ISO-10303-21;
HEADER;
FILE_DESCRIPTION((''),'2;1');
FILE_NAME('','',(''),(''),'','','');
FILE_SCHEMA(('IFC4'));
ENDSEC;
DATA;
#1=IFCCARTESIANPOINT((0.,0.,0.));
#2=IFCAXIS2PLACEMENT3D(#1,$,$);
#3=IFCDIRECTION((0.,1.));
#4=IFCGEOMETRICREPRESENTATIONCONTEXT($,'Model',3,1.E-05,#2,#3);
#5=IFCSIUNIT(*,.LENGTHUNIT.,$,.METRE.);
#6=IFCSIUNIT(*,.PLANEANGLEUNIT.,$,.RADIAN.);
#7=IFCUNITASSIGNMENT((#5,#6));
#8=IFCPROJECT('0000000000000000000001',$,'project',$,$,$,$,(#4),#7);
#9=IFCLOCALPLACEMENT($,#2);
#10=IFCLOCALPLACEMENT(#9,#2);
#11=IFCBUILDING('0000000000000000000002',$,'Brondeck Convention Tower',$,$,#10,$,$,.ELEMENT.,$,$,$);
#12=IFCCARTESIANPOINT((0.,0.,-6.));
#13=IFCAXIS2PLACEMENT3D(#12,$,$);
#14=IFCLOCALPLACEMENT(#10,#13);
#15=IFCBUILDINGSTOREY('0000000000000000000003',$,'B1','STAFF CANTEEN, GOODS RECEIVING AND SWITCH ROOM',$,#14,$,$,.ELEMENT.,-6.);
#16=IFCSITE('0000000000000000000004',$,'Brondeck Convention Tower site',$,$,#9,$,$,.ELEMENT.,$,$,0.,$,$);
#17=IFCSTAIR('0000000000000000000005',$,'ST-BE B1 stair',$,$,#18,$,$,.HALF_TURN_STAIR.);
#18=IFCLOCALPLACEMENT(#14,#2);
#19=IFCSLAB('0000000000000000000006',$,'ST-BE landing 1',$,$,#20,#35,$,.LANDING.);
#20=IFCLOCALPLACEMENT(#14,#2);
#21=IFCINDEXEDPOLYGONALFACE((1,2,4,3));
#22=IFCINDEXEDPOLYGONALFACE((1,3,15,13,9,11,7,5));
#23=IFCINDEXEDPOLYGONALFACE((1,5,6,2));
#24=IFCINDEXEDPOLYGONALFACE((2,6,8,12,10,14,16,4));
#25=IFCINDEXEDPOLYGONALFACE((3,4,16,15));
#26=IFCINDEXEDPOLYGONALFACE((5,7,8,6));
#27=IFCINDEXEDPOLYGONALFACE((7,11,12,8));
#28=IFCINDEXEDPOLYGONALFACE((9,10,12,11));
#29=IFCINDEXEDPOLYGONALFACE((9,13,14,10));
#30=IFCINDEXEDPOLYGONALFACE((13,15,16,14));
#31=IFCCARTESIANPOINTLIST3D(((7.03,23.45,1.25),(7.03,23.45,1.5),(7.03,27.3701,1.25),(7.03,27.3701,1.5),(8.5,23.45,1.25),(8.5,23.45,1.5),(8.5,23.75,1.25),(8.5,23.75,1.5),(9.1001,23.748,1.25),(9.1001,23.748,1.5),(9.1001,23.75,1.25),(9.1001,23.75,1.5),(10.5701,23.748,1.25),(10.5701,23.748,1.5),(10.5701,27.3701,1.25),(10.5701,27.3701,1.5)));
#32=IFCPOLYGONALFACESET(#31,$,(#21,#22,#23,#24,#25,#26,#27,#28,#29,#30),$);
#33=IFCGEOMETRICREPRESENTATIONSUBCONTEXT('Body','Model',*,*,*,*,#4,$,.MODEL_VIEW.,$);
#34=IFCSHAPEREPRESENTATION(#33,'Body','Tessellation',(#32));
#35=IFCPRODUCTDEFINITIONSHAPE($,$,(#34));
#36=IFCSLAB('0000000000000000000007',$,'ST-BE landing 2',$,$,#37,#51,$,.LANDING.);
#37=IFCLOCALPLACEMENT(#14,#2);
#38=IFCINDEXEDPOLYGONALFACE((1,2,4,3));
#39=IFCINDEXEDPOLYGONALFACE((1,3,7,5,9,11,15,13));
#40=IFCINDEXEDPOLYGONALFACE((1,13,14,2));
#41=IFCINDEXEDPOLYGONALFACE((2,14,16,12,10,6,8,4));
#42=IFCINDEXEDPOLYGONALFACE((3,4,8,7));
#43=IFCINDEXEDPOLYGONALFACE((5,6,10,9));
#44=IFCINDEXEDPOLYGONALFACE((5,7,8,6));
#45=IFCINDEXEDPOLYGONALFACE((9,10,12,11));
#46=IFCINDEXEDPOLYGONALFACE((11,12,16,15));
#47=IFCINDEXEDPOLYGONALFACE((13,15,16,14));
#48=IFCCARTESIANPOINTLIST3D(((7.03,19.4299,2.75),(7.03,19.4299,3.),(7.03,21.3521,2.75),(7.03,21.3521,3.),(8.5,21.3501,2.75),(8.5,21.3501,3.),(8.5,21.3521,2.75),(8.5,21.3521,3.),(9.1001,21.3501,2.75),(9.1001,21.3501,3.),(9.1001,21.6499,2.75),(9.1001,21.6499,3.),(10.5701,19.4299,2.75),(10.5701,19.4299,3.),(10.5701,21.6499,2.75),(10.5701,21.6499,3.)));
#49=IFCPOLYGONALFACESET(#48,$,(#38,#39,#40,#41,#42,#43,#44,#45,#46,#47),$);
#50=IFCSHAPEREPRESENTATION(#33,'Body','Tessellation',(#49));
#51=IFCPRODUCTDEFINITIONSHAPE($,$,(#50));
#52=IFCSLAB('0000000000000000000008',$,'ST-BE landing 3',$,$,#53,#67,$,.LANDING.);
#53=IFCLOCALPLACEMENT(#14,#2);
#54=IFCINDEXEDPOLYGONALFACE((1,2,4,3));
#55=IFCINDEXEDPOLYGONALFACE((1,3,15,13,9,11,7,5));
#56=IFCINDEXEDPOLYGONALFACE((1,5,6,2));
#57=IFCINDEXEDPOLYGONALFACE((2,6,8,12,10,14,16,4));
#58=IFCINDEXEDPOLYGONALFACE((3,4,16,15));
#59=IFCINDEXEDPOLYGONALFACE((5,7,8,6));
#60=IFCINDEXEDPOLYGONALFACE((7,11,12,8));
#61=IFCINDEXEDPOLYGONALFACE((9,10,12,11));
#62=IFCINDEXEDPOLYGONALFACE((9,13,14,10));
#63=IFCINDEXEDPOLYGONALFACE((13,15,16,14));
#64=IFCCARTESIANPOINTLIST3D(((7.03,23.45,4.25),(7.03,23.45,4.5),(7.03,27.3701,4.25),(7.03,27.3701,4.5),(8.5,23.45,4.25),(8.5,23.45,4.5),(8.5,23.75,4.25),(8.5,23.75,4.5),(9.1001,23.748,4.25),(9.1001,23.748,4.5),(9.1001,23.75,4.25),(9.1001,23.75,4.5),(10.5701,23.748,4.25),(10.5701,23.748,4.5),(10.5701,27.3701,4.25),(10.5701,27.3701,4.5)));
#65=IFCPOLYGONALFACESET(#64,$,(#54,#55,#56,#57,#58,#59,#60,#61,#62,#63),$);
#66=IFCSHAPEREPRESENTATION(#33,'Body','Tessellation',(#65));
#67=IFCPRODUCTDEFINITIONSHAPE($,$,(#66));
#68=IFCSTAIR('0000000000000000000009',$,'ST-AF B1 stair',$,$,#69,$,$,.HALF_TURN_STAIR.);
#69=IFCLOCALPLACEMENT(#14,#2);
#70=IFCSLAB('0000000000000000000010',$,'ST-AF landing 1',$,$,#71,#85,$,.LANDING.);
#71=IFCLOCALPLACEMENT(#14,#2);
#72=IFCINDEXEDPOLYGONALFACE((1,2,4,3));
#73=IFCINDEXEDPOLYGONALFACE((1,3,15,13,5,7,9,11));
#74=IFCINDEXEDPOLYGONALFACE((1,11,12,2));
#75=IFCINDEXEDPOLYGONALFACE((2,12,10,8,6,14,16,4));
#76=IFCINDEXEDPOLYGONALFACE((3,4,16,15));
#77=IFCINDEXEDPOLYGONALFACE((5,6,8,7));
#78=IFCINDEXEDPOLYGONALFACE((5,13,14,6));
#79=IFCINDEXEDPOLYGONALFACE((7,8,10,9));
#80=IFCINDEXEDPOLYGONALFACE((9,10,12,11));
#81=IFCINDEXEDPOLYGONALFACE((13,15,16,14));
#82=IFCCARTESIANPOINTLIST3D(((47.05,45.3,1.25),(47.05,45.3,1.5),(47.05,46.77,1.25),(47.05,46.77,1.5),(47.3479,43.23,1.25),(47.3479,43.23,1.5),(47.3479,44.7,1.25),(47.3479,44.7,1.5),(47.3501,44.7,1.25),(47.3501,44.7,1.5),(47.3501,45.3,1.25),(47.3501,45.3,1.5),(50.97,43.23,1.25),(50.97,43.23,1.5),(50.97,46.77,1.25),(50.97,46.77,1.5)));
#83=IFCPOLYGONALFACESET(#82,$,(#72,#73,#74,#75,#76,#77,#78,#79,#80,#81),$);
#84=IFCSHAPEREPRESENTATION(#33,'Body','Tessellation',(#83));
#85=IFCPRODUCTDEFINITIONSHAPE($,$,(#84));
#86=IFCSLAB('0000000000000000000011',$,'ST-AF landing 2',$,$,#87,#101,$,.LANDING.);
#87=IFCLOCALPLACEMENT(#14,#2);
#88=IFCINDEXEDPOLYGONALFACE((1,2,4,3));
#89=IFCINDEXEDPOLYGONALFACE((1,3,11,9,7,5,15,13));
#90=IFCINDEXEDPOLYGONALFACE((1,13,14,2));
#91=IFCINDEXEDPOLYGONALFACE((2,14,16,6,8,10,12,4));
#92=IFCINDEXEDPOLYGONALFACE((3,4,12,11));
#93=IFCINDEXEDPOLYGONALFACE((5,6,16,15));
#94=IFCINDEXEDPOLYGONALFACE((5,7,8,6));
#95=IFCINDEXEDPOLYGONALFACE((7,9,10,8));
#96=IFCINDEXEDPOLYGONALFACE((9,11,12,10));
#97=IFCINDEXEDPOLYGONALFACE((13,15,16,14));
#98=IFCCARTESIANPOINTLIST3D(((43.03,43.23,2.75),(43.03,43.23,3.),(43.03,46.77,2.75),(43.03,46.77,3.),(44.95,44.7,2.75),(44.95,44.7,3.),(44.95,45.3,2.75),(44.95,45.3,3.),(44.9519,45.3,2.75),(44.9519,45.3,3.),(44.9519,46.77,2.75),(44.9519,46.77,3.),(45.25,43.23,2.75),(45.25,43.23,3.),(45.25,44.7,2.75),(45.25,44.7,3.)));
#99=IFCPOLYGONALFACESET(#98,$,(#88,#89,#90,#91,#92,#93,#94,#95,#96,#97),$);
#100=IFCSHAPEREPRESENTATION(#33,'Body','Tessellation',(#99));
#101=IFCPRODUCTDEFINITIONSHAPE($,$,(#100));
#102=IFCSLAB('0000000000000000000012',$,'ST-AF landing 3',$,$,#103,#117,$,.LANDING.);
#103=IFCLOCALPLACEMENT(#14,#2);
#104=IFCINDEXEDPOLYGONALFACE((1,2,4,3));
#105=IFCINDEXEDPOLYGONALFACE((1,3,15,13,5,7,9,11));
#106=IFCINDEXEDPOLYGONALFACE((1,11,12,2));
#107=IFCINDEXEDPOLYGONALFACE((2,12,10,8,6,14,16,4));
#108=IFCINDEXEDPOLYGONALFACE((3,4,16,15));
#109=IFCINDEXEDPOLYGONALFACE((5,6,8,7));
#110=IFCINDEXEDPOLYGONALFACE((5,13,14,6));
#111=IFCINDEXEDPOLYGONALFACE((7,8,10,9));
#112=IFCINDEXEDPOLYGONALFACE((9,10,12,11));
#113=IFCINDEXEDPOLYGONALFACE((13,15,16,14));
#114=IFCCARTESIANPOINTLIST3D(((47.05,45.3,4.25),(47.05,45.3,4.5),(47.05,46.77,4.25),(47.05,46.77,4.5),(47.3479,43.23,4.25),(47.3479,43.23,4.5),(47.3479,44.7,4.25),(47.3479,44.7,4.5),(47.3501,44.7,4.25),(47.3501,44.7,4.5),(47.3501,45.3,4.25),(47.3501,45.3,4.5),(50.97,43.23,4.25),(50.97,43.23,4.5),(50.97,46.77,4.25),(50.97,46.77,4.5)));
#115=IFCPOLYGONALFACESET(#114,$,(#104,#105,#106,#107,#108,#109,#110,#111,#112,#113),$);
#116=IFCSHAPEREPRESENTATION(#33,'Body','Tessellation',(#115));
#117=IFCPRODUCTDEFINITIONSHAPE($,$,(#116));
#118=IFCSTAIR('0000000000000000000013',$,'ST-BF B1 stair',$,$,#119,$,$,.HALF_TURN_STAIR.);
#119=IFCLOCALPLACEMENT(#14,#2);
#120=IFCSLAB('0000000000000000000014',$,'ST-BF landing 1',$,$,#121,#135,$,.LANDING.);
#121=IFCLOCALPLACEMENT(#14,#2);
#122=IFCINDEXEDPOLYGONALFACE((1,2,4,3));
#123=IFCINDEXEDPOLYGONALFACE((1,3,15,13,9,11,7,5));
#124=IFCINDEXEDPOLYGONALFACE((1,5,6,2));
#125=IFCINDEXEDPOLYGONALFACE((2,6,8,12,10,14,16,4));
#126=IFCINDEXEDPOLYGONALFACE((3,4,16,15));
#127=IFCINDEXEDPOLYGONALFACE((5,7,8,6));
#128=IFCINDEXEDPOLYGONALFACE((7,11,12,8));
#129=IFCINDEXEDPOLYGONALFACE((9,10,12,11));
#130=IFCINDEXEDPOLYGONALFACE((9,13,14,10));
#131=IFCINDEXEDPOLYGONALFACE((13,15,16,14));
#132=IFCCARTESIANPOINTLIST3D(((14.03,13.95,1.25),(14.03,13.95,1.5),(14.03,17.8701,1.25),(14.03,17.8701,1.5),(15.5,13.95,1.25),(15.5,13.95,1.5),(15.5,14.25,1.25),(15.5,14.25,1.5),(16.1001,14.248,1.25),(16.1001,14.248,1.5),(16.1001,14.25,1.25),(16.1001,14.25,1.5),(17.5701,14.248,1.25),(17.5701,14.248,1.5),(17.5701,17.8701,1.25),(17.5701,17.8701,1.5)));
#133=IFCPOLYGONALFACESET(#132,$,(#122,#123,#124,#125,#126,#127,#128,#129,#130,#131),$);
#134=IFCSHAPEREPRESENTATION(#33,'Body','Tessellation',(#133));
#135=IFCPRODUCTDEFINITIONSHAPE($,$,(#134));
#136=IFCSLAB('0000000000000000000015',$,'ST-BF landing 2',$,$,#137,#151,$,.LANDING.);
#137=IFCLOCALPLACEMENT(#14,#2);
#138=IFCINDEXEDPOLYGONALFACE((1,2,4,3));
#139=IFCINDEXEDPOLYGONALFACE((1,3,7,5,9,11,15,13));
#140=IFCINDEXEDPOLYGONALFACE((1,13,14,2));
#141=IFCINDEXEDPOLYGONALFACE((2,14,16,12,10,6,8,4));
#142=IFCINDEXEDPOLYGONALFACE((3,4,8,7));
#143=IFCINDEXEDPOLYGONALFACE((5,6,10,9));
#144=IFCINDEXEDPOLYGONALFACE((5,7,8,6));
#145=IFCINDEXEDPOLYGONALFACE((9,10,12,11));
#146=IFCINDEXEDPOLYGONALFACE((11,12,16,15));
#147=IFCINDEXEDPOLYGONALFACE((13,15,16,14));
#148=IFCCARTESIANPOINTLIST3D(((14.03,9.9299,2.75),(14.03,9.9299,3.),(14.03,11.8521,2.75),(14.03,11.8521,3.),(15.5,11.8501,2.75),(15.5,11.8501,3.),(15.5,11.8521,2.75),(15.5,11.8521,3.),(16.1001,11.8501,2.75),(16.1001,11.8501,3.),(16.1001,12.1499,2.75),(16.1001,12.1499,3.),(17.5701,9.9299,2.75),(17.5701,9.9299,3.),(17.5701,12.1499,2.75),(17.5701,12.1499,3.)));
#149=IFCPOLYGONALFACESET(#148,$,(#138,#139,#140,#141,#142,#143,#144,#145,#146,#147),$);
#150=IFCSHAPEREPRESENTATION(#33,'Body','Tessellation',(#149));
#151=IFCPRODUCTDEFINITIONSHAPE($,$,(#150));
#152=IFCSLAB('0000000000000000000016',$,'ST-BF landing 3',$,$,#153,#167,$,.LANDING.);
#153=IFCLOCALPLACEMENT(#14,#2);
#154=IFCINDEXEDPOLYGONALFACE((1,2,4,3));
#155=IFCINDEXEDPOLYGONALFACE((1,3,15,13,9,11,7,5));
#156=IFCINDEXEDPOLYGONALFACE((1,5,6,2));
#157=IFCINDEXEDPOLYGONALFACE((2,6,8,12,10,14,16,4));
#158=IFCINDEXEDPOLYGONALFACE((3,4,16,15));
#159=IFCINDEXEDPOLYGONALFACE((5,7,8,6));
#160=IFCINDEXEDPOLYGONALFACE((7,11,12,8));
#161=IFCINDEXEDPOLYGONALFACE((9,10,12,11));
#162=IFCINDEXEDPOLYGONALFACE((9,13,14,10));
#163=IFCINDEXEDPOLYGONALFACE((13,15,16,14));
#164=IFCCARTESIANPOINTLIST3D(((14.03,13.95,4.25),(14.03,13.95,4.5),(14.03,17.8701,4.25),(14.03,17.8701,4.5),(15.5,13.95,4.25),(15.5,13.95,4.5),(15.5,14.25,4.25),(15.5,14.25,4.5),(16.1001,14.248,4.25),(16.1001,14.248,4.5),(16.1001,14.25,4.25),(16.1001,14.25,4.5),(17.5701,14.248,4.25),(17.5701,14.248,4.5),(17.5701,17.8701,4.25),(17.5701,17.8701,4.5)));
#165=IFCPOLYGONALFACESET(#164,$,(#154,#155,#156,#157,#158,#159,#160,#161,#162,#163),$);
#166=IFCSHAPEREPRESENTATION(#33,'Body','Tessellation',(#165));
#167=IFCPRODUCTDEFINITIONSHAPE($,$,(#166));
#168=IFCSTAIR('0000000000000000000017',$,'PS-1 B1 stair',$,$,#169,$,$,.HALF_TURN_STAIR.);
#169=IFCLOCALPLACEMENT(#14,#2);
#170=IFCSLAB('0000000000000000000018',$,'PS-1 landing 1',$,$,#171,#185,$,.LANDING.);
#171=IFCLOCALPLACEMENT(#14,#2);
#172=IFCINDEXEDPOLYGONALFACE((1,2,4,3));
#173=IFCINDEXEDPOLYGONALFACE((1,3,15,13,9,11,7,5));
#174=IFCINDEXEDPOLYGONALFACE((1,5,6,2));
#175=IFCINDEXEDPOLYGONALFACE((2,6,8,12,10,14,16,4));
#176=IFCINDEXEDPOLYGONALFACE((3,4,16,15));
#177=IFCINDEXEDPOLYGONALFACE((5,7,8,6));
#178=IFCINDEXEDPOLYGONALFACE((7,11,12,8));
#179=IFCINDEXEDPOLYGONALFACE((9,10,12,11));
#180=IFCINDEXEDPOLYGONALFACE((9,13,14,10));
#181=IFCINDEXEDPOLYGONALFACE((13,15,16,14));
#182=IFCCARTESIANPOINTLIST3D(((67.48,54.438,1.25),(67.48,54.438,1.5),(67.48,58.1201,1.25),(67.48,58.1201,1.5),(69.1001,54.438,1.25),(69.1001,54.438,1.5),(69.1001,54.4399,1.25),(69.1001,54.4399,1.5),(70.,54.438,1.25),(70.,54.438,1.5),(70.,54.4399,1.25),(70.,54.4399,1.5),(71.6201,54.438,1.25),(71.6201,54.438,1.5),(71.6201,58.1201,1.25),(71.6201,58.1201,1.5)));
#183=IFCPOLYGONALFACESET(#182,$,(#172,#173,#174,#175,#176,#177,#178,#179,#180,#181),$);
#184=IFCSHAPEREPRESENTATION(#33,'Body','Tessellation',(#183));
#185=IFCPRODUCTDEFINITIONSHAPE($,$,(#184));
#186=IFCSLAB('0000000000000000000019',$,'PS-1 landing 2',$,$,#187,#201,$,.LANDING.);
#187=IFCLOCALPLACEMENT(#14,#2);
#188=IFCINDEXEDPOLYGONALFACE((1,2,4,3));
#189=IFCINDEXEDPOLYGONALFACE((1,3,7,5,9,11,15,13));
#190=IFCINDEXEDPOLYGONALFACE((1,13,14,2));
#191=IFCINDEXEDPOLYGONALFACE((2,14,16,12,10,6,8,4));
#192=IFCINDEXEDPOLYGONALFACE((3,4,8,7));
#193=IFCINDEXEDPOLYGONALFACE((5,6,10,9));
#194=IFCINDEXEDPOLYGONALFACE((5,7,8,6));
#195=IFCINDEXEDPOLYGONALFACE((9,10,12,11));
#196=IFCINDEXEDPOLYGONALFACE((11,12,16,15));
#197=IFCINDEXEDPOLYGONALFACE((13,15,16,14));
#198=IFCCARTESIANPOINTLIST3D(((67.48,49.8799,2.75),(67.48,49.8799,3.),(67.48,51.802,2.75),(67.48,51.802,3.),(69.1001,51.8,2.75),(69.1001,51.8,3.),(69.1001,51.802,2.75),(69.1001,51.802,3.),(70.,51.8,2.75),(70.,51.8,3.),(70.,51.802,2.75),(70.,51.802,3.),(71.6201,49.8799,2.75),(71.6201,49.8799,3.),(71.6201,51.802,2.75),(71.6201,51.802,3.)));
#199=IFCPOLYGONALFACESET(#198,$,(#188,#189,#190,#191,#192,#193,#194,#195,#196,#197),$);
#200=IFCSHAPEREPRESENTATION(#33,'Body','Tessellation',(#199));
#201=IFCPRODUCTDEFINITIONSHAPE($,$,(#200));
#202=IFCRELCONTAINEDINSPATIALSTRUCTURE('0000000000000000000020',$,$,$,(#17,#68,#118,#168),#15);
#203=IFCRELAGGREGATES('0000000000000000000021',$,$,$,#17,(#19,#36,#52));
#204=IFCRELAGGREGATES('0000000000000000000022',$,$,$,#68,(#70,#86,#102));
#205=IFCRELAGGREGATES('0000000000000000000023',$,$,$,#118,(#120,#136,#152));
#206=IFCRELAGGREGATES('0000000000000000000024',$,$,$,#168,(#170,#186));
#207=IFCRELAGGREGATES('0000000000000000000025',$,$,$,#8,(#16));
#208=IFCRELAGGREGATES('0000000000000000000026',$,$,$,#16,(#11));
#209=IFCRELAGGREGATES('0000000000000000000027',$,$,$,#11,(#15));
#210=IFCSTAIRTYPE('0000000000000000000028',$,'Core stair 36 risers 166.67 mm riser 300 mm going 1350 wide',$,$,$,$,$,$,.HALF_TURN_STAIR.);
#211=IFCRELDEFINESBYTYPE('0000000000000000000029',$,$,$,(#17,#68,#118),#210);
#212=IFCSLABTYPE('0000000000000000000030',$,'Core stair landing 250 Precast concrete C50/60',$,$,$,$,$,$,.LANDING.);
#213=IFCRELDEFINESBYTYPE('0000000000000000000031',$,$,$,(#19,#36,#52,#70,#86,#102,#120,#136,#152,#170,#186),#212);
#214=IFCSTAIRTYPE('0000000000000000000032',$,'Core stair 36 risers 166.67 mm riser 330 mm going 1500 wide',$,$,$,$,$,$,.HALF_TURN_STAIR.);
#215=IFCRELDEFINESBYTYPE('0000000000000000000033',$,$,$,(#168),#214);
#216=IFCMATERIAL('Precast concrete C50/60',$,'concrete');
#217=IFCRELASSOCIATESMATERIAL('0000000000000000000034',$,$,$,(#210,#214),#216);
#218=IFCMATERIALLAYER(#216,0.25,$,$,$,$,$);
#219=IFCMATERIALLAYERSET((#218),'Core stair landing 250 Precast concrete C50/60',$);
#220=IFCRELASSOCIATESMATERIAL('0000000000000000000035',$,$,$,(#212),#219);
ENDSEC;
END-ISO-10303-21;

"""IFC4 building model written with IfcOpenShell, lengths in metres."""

from ifc_helpers import new_model, si_unit, direction, frame, origin, place, context, subcontext, project, spatial, polyline, outline, extrude, material, layer, layer_set, type_object, element, aggregate, save


model = new_model("IFC4")

# Units and contexts
model_context = context("Model", 3, precision=1e-05, world=origin(), true_north=direction((0.0, 1.0)))
body_context = subcontext(model_context, "Body", "Model", "MODEL_VIEW")
ifc_project = project(units=[si_unit("LENGTHUNIT", "METRE"), si_unit("PLANEANGLEUNIT", "RADIAN")], contexts=[model_context])

# Site, building, storey
site_placement = place(None, origin())
site = spatial("IfcSite", under=ifc_project, at=site_placement, Name="Brondeck Convention Tower site", CompositionType="ELEMENT", RefElevation=0.0)
building_placement = place(site_placement, origin())
building = spatial("IfcBuilding", under=site, at=building_placement, Name="Brondeck Convention Tower", CompositionType="ELEMENT")
storey_placement = place(building_placement, frame((0.0, 0.0, -6.0)))
storey = spatial("IfcBuildingStorey", under=building, at=storey_placement, Name="B1", Description="STAFF CANTEEN, GOODS RECEIVING AND SWITCH ROOM", CompositionType="ELEMENT", Elevation=-6.0)

# Stairs, slabs
ifc_material_1 = material(Name="Precast concrete C50/60", Category="concrete")
stair_type_1 = type_object("IfcStairType", Name="Core stair 36 risers 166.67 mm riser 300 mm going 1350 wide", PredefinedType="HALF_TURN_STAIR", material=ifc_material_1)
ifc_layer_1 = layer(ifc_material_1, 0.25)
ifc_layer_set_1 = layer_set([ifc_layer_1], Name="Core stair landing 250 Precast concrete C50/60")
slab_type_1 = type_object("IfcSlabType", Name="Core stair landing 250 Precast concrete C50/60", PredefinedType="LANDING", material=ifc_layer_set_1)
stair_1_placement = place(storey_placement, origin())
stair_1 = element("IfcStair", 1, at=stair_1_placement, inside=storey, type_object=stair_type_1, Name="ST-BE B1 stair", PredefinedType="HALF_TURN_STAIR")
slab_1_placement = place(storey_placement, frame((0.0, 0.0, 1.25)))
slab_1 = element("IfcSlab", 2, at=slab_1_placement, type_object=slab_type_1, Name="ST-BE landing 1", PredefinedType="LANDING", context=body_context, shape_type="SweptSolid", body=[
    extrude(outline(polyline([(7.03, 23.45), (7.03, 27.3701), (10.5701, 27.3701), (10.5701, 23.748), (9.1001, 23.748), (9.1001, 23.75), (8.5, 23.75), (8.5, 23.45), (7.03, 23.45)])), origin(), (0.0, 0.0, 1.0), 0.25),
])
slab_2_placement = place(storey_placement, frame((0.0, 0.0, 2.75)))
slab_2 = element("IfcSlab", 3, at=slab_2_placement, type_object=slab_type_1, Name="ST-BE landing 2", PredefinedType="LANDING", context=body_context, shape_type="SweptSolid", body=[
    extrude(outline(polyline([(10.5701, 19.4299), (7.03, 19.4299), (7.03, 21.3521), (8.5, 21.3521), (8.5, 21.3501), (9.1001, 21.3501), (9.1001, 21.6499), (10.5701, 21.6499), (10.5701, 19.4299)])), origin(), (0.0, 0.0, 1.0), 0.25),
])
slab_3_placement = place(storey_placement, frame((0.0, 0.0, 4.25)))
slab_3 = element("IfcSlab", 4, at=slab_3_placement, type_object=slab_type_1, Name="ST-BE landing 3", PredefinedType="LANDING", context=body_context, shape_type="SweptSolid", body=[
    extrude(outline(polyline([(7.03, 23.45), (7.03, 27.3701), (10.5701, 27.3701), (10.5701, 23.748), (9.1001, 23.748), (9.1001, 23.75), (8.5, 23.75), (8.5, 23.45), (7.03, 23.45)])), origin(), (0.0, 0.0, 1.0), 0.25),
])
aggregate(stair_1, [slab_1, slab_2, slab_3])
stair_2_placement = place(storey_placement, origin())
stair_2 = element("IfcStair", 5, at=stair_2_placement, inside=storey, type_object=stair_type_1, Name="ST-AF B1 stair", PredefinedType="HALF_TURN_STAIR")
slab_4_placement = place(storey_placement, frame((0.0, 0.0, 1.25)))
slab_4 = element("IfcSlab", 6, at=slab_4_placement, type_object=slab_type_1, Name="ST-AF landing 1", PredefinedType="LANDING", context=body_context, shape_type="SweptSolid", body=[
    extrude(outline(polyline([(47.3479, 44.7), (47.3501, 44.7), (47.3501, 45.3), (47.05, 45.3), (47.05, 46.77), (50.97, 46.77), (50.97, 43.23), (47.3479, 43.23), (47.3479, 44.7)])), origin(), (0.0, 0.0, 1.0), 0.25),
])
slab_5_placement = place(storey_placement, frame((0.0, 0.0, 2.75)))
slab_5 = element("IfcSlab", 7, at=slab_5_placement, type_object=slab_type_1, Name="ST-AF landing 2", PredefinedType="LANDING", context=body_context, shape_type="SweptSolid", body=[
    extrude(outline(polyline([(45.25, 44.7), (45.25, 43.23), (43.03, 43.23), (43.03, 46.77), (44.9519, 46.77), (44.9519, 45.3), (44.95, 45.3), (44.95, 44.7), (45.25, 44.7)])), origin(), (0.0, 0.0, 1.0), 0.25),
])
slab_6_placement = place(storey_placement, frame((0.0, 0.0, 4.25)))
slab_6 = element("IfcSlab", 8, at=slab_6_placement, type_object=slab_type_1, Name="ST-AF landing 3", PredefinedType="LANDING", context=body_context, shape_type="SweptSolid", body=[
    extrude(outline(polyline([(47.3479, 44.7), (47.3501, 44.7), (47.3501, 45.3), (47.05, 45.3), (47.05, 46.77), (50.97, 46.77), (50.97, 43.23), (47.3479, 43.23), (47.3479, 44.7)])), origin(), (0.0, 0.0, 1.0), 0.25),
])
aggregate(stair_2, [slab_4, slab_5, slab_6])
stair_3_placement = place(storey_placement, origin())
stair_3 = element("IfcStair", 9, at=stair_3_placement, inside=storey, type_object=stair_type_1, Name="ST-BF B1 stair", PredefinedType="HALF_TURN_STAIR")
slab_7_placement = place(storey_placement, frame((0.0, 0.0, 1.25)))
slab_7 = element("IfcSlab", 10, at=slab_7_placement, type_object=slab_type_1, Name="ST-BF landing 1", PredefinedType="LANDING", context=body_context, shape_type="SweptSolid", body=[
    extrude(outline(polyline([(14.03, 13.95), (14.03, 17.8701), (17.5701, 17.8701), (17.5701, 14.248), (16.1001, 14.248), (16.1001, 14.25), (15.5, 14.25), (15.5, 13.95), (14.03, 13.95)])), origin(), (0.0, 0.0, 1.0), 0.25),
])
slab_8_placement = place(storey_placement, frame((0.0, 0.0, 2.75)))
slab_8 = element("IfcSlab", 11, at=slab_8_placement, type_object=slab_type_1, Name="ST-BF landing 2", PredefinedType="LANDING", context=body_context, shape_type="SweptSolid", body=[
    extrude(outline(polyline([(17.5701, 9.9299), (14.03, 9.9299), (14.03, 11.8521), (15.5, 11.8521), (15.5, 11.8501), (16.1001, 11.8501), (16.1001, 12.1499), (17.5701, 12.1499), (17.5701, 9.9299)])), origin(), (0.0, 0.0, 1.0), 0.25),
])
slab_9_placement = place(storey_placement, frame((0.0, 0.0, 4.25)))
slab_9 = element("IfcSlab", 12, at=slab_9_placement, type_object=slab_type_1, Name="ST-BF landing 3", PredefinedType="LANDING", context=body_context, shape_type="SweptSolid", body=[
    extrude(outline(polyline([(14.03, 13.95), (14.03, 17.8701), (17.5701, 17.8701), (17.5701, 14.248), (16.1001, 14.248), (16.1001, 14.25), (15.5, 14.25), (15.5, 13.95), (14.03, 13.95)])), origin(), (0.0, 0.0, 1.0), 0.25),
])
aggregate(stair_3, [slab_7, slab_8, slab_9])
stair_type_2 = type_object("IfcStairType", Name="Core stair 36 risers 166.67 mm riser 330 mm going 1500 wide", PredefinedType="HALF_TURN_STAIR", material=ifc_material_1)
stair_4_placement = place(storey_placement, origin())
stair_4 = element("IfcStair", 13, at=stair_4_placement, inside=storey, type_object=stair_type_2, Name="PS-1 B1 stair", PredefinedType="HALF_TURN_STAIR")
slab_10_placement = place(storey_placement, frame((0.0, 0.0, 1.25)))
slab_10 = element("IfcSlab", 14, at=slab_10_placement, type_object=slab_type_1, Name="PS-1 landing 1", PredefinedType="LANDING", context=body_context, shape_type="SweptSolid", body=[
    extrude(outline(polyline([(69.1001, 54.438), (67.48, 54.438), (67.48, 58.1201), (71.6201, 58.1201), (71.6201, 54.438), (70.0, 54.438), (70.0, 54.4399), (69.1001, 54.4399), (69.1001, 54.438)])), origin(), (0.0, 0.0, 1.0), 0.25),
])
slab_11_placement = place(storey_placement, frame((0.0, 0.0, 2.75)))
slab_11 = element("IfcSlab", 15, at=slab_11_placement, type_object=slab_type_1, Name="PS-1 landing 2", PredefinedType="LANDING", context=body_context, shape_type="SweptSolid", body=[
    extrude(outline(polyline([(71.6201, 49.8799), (67.48, 49.8799), (67.48, 51.802), (69.1001, 51.802), (69.1001, 51.8), (70.0, 51.8), (70.0, 51.802), (71.6201, 51.802), (71.6201, 49.8799)])), origin(), (0.0, 0.0, 1.0), 0.25),
])
aggregate(stair_4, [slab_10, slab_11])

save(model, "model.ifc")
